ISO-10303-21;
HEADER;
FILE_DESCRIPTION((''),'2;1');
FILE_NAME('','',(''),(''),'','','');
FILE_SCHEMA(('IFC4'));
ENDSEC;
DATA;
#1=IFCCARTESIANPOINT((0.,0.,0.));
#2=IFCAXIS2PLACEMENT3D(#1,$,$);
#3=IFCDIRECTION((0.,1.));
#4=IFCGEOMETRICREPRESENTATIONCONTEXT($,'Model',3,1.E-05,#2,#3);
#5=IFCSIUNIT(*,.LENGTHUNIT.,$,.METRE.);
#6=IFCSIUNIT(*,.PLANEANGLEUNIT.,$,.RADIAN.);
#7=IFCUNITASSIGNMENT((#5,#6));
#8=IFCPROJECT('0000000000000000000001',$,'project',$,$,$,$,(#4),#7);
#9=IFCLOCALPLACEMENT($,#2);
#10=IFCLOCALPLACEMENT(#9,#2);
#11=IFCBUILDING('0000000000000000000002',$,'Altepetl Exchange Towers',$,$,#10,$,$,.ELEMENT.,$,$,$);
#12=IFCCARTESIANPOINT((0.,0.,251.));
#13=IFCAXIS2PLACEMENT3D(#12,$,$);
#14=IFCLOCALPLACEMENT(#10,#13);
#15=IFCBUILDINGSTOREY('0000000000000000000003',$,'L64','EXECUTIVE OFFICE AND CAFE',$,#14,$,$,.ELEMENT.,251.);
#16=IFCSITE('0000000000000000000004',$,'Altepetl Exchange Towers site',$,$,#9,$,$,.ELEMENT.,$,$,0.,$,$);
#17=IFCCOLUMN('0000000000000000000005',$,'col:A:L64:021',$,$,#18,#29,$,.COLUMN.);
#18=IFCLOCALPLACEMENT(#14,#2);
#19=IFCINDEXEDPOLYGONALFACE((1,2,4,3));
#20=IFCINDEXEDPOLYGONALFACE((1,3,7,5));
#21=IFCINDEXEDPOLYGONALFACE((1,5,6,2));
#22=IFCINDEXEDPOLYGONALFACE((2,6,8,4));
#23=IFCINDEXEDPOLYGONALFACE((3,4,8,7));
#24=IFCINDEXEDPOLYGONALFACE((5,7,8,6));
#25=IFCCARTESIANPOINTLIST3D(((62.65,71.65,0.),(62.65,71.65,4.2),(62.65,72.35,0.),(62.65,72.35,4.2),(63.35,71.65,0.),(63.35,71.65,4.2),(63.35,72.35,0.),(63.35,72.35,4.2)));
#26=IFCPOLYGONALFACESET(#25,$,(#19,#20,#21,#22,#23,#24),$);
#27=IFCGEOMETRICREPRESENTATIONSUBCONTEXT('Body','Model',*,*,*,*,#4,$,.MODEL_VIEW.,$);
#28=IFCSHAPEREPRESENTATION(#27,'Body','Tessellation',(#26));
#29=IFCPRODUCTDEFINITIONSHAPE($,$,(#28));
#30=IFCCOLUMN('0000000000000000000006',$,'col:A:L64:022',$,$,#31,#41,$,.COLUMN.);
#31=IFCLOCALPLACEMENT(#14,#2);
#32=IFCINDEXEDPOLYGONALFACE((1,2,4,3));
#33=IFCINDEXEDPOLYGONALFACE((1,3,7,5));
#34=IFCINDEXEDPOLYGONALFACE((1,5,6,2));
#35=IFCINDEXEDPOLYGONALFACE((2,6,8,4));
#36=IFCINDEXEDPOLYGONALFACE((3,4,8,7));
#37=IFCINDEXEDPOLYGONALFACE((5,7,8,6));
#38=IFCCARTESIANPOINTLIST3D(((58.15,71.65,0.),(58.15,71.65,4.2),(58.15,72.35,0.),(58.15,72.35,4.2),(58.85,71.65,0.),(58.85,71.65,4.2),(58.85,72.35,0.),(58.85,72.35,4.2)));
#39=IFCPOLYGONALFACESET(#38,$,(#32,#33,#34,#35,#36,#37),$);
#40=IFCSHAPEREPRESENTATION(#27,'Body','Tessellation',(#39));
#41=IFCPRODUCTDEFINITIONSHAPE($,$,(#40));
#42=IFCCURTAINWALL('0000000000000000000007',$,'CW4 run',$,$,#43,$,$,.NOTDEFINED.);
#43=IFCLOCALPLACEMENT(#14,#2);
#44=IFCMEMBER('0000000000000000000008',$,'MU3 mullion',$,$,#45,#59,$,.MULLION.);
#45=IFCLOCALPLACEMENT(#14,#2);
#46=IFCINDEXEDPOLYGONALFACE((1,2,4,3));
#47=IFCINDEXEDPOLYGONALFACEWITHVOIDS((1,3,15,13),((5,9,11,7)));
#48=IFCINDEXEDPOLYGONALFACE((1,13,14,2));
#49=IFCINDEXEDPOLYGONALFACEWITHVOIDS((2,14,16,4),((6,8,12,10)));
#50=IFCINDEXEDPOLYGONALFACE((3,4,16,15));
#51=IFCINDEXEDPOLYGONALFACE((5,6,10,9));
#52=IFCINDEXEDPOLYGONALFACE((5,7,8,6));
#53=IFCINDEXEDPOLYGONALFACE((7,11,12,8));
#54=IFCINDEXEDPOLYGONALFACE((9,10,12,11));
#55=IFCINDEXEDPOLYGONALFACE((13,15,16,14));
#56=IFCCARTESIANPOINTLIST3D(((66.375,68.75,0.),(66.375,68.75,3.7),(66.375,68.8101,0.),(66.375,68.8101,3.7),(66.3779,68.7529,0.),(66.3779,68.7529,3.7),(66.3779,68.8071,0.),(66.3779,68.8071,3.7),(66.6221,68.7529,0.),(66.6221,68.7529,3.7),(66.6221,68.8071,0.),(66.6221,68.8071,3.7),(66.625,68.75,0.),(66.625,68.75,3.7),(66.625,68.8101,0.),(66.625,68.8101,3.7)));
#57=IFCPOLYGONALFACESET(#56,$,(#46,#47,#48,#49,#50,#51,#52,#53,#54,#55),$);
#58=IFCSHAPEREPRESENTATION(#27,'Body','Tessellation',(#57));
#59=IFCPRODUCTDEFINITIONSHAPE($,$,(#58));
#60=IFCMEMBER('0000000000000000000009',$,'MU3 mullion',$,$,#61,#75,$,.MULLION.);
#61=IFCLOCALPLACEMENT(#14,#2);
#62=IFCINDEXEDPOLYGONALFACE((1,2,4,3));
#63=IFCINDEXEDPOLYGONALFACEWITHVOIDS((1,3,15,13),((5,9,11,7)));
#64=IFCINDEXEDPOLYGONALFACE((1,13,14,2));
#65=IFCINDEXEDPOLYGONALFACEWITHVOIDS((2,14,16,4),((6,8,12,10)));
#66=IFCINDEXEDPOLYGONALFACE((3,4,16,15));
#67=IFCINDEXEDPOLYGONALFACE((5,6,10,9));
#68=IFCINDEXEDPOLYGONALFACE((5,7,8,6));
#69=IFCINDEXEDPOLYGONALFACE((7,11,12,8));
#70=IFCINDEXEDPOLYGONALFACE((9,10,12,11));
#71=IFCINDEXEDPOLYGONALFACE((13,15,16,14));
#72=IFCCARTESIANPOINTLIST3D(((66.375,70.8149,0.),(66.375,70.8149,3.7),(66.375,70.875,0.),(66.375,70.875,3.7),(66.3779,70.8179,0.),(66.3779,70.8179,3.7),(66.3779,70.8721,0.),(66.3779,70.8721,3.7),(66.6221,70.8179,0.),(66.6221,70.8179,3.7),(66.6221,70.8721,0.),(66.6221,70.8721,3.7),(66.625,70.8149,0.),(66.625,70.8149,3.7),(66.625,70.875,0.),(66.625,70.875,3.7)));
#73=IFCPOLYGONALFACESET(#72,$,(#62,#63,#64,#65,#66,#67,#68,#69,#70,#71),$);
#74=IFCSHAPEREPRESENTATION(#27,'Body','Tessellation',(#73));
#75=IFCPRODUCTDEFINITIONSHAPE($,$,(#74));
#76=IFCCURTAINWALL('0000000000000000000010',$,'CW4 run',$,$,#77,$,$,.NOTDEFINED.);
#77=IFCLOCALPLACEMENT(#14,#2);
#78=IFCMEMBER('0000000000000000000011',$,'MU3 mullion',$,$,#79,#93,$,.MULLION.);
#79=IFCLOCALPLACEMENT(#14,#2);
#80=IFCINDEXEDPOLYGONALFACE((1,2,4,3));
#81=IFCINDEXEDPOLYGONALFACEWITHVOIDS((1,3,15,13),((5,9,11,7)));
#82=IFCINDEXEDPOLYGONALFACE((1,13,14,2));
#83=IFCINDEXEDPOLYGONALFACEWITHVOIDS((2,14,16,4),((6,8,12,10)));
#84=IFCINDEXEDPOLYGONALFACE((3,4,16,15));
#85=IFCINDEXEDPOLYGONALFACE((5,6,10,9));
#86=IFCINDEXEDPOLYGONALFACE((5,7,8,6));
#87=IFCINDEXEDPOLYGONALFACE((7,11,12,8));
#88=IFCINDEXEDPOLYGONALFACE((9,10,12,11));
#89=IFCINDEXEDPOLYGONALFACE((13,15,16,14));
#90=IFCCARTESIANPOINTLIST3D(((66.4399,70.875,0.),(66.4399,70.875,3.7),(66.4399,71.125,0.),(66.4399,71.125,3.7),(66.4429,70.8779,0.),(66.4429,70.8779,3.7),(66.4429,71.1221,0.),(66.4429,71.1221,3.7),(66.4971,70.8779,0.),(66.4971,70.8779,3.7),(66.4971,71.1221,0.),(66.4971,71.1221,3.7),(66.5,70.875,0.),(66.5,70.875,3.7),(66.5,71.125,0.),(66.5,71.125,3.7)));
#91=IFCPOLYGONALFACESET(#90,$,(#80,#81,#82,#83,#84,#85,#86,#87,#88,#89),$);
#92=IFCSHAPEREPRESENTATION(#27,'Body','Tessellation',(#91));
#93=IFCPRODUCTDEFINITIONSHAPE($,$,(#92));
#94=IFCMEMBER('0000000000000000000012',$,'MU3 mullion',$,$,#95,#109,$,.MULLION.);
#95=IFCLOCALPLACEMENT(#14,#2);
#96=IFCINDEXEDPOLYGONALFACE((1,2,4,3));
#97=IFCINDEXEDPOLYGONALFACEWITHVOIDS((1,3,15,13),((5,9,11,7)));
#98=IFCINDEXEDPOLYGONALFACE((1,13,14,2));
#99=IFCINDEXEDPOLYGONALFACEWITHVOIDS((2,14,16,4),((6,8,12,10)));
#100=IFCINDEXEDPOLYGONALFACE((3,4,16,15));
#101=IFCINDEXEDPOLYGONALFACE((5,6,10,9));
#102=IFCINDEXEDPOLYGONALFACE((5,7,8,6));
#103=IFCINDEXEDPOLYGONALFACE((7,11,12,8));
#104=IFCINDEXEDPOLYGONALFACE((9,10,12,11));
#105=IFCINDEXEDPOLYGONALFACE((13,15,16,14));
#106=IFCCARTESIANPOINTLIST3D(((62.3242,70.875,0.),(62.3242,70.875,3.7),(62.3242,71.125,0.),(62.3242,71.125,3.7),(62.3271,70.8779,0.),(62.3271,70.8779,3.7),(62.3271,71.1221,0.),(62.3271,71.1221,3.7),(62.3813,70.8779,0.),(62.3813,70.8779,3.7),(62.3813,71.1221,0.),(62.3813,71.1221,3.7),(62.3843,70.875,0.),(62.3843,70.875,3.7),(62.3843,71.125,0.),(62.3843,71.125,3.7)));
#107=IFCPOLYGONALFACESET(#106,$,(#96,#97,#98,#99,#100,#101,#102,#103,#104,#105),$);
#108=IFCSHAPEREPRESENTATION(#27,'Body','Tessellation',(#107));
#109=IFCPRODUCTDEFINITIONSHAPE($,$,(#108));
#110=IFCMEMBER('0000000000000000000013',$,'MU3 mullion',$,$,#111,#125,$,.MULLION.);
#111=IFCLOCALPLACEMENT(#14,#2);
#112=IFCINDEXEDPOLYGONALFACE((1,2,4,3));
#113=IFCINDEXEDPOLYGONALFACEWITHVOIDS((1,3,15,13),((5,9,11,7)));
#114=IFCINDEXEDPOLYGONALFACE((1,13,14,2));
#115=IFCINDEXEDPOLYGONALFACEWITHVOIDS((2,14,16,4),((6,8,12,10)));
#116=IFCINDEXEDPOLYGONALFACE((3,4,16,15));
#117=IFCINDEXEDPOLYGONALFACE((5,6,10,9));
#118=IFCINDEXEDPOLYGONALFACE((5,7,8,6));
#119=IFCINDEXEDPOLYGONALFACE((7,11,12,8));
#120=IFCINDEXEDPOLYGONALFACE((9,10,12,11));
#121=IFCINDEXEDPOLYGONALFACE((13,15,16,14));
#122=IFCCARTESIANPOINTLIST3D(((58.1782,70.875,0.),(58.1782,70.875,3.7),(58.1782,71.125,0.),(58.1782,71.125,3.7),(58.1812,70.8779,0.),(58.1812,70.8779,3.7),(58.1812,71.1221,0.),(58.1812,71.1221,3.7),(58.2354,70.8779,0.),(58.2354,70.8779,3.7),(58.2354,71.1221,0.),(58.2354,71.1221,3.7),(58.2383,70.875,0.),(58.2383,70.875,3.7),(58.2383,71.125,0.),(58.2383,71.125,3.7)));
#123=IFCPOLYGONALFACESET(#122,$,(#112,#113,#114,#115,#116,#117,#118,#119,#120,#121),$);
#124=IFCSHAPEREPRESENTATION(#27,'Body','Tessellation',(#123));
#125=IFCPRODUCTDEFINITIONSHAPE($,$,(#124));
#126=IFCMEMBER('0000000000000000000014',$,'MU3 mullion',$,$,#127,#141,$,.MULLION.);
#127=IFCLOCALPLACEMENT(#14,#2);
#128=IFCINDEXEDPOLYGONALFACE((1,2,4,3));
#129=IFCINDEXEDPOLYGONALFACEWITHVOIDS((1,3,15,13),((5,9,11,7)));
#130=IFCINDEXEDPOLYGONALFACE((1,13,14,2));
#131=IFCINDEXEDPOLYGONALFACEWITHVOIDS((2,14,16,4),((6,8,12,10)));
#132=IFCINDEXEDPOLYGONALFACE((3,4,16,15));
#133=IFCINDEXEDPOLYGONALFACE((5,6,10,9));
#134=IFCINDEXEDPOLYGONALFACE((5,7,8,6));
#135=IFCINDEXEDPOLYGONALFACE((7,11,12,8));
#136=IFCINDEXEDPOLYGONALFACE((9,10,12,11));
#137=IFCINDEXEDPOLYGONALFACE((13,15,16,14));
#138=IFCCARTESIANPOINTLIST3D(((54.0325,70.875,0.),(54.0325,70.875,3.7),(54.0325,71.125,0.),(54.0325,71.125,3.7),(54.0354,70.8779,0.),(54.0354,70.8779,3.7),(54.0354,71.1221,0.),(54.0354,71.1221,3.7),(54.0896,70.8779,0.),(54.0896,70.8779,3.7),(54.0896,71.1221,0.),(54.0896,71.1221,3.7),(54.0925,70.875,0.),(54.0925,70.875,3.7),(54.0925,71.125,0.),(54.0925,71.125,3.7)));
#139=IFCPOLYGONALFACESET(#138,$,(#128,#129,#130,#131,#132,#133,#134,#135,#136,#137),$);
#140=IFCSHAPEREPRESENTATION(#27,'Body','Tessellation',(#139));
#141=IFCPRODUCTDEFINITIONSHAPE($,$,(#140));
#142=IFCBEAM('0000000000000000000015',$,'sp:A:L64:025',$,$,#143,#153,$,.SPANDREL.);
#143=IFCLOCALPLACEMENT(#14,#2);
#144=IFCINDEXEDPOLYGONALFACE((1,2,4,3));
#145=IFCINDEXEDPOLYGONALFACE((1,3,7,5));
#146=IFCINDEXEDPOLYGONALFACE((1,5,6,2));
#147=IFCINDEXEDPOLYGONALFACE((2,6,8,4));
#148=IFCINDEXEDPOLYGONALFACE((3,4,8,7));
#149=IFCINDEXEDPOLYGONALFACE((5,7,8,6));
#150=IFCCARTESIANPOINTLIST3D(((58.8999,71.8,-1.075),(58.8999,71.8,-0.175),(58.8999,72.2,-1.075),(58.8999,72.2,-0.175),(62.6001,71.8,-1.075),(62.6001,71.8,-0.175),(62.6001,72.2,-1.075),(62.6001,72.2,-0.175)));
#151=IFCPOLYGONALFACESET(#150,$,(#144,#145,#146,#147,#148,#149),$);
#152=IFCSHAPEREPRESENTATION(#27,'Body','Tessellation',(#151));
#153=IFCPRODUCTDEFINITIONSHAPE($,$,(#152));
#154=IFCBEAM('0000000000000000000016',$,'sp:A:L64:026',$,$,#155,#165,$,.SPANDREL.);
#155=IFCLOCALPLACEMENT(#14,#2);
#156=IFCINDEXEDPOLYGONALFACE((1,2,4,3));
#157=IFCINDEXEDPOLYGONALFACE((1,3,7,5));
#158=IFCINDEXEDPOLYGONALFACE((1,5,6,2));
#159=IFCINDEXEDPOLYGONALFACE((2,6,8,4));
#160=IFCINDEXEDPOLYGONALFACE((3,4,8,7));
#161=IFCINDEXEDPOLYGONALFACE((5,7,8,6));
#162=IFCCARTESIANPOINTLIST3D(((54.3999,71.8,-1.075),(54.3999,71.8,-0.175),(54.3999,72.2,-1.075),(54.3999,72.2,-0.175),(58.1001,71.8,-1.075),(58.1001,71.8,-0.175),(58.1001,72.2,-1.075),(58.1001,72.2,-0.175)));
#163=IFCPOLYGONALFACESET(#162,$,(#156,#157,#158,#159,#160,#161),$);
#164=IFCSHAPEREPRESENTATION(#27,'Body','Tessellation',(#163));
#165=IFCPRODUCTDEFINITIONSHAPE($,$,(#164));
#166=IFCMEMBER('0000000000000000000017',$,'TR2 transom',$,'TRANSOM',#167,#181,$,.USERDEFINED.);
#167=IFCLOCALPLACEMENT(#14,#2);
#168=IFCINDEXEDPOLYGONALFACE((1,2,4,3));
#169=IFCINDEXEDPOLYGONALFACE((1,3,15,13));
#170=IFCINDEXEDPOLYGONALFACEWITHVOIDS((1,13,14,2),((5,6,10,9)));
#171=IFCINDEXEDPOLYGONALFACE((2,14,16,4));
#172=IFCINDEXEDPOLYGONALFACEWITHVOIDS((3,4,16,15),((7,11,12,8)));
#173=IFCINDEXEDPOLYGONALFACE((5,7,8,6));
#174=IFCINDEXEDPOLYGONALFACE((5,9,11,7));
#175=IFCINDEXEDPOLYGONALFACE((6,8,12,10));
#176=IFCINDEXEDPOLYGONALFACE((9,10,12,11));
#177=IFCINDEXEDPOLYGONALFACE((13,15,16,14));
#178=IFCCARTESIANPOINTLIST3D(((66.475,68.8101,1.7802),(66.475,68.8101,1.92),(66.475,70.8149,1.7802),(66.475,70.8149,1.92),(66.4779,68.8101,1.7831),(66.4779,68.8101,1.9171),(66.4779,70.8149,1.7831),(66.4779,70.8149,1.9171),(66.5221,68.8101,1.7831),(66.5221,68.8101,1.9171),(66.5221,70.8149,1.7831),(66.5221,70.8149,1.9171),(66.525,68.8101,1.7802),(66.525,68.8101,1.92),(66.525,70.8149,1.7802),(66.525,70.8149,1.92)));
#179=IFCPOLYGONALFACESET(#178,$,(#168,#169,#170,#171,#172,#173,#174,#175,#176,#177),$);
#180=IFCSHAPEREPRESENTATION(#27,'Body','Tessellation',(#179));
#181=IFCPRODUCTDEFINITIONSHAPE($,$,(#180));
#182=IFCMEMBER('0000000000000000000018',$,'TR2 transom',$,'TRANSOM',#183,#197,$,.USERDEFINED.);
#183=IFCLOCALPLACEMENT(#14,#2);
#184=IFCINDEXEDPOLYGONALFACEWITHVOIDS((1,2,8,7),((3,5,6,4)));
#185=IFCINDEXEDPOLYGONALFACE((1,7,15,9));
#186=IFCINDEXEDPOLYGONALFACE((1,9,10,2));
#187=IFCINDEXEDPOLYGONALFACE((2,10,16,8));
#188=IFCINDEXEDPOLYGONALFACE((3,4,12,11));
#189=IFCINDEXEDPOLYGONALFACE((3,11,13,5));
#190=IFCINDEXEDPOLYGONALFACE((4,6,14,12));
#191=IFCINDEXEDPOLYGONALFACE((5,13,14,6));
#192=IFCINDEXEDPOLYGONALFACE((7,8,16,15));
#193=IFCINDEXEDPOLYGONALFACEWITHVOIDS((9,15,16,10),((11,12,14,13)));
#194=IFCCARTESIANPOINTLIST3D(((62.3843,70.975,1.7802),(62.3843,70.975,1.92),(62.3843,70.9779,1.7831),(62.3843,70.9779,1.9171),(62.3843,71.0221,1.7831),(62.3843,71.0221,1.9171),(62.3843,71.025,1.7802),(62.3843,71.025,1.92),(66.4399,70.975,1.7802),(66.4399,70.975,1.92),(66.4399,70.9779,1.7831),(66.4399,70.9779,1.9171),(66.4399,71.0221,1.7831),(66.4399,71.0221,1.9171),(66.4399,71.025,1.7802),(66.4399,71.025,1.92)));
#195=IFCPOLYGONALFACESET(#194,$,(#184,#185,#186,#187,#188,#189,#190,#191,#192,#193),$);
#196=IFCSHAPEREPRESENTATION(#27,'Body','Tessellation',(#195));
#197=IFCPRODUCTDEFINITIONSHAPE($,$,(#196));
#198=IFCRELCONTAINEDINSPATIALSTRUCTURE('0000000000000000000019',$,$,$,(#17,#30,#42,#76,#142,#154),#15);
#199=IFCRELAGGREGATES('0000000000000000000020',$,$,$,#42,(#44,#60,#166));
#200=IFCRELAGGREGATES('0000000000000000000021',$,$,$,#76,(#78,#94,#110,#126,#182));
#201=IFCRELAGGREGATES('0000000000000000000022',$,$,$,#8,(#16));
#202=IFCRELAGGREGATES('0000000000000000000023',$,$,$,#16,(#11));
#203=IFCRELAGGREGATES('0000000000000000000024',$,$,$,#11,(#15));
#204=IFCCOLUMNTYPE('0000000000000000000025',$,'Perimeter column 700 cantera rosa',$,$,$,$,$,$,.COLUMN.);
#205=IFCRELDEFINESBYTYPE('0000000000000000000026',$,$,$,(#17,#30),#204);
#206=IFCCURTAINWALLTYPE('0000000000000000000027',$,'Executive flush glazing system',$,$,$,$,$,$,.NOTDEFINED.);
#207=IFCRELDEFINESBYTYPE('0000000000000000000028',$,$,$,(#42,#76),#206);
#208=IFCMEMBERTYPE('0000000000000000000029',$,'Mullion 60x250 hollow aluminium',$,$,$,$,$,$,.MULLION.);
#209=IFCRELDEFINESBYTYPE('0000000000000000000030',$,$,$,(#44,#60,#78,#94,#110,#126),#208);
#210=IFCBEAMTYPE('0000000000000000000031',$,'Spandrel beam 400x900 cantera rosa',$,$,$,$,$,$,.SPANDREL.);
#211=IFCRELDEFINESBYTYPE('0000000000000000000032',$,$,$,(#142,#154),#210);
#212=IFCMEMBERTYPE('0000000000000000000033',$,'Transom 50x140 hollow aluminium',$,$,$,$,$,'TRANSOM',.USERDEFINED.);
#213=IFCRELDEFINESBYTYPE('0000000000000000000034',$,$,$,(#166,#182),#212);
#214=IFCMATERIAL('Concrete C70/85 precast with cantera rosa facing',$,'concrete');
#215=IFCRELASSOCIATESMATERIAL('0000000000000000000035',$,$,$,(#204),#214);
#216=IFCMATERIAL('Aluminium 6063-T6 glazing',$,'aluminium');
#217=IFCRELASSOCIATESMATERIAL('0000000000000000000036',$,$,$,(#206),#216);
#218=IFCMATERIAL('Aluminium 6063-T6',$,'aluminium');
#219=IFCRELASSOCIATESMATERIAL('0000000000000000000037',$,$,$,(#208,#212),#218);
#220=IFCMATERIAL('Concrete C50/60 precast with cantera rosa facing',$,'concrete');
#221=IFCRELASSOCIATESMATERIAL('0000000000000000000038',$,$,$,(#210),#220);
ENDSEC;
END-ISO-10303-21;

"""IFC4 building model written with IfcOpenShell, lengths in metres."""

from ifc_helpers import new_model, si_unit, direction, frame, origin, origin_2d, place, context, subcontext, project, spatial, rectangle, hollow_rectangle, extrude, material, material_profile, profile_set, type_object, element, aggregate, save


model = new_model("IFC4")

# Units and contexts
model_context = context("Model", 3, precision=1e-05, world=origin(), true_north=direction((0.0, 1.0)))
body_context = subcontext(model_context, "Body", "Model", "MODEL_VIEW")
ifc_project = project(units=[si_unit("LENGTHUNIT", "METRE"), si_unit("PLANEANGLEUNIT", "RADIAN")], contexts=[model_context])

# Site, building, storey
site_placement = place(None, origin())
site = spatial("IfcSite", under=ifc_project, at=site_placement, Name="Altepetl Exchange Towers site", CompositionType="ELEMENT", RefElevation=0.0)
building_placement = place(site_placement, origin())
building = spatial("IfcBuilding", under=site, at=building_placement, Name="Altepetl Exchange Towers", CompositionType="ELEMENT")
storey_placement = place(building_placement, frame((0.0, 0.0, 251.0)))
storey = spatial("IfcBuildingStorey", under=building, at=storey_placement, Name="L64", Description="EXECUTIVE OFFICE AND CAFE", CompositionType="ELEMENT", Elevation=251.0)

# Columns
ifc_material_1 = material(Name="Concrete C70/85 precast with cantera rosa facing", Category="concrete")
ifc_material_profile_1 = material_profile(ifc_material_1, rectangle(XDim=0.7, YDim=0.7, at=origin_2d()), Name="700 x 700")
ifc_profile_set_1 = profile_set([ifc_material_profile_1], Name="Concrete C70/85 precast with cantera rosa facing")
column_type = type_object("IfcColumnType", Name="Perimeter column 700 cantera rosa", PredefinedType="COLUMN", material=ifc_profile_set_1)
for number, where, name in (
    (1, (63.0, 72.0, 0.0), "col:A:L64:021"),
    (2, (58.5, 72.0, 0.0), "col:A:L64:022"),
):
    element("IfcColumn", number, at=place(storey_placement, frame(where)), inside=storey, type_object=column_type, Name=name, PredefinedType="COLUMN", context=body_context, shape_type="SweptSolid", body=[
        extrude(rectangle(XDim=0.7, YDim=0.7, at=origin_2d()), origin(), (0.0, 0.0, 1.0), 4.2),
    ])

# Curtain walls, members
ifc_material_2 = material(Name="Aluminium 6063-T6 glazing", Category="aluminium")
curtain_wall_type = type_object("IfcCurtainWallType", Name="Executive flush glazing system", PredefinedType="NOTDEFINED", material=ifc_material_2)
curtain_wall_1_placement = place(storey_placement, origin())
curtain_wall_1 = element("IfcCurtainWall", 3, at=curtain_wall_1_placement, inside=storey, type_object=curtain_wall_type, Name="CW4 run", PredefinedType="NOTDEFINED")
ifc_material_3 = material(Name="Aluminium 6063-T6", Category="aluminium")
ifc_material_profile_2 = material_profile(ifc_material_3, hollow_rectangle(XDim=0.0601, YDim=0.25, WallThickness=0.0029, at=origin_2d()), Name="Mullion 60x250 hollow aluminium")
ifc_profile_set_2 = profile_set([ifc_material_profile_2], Name="Aluminium 6063-T6")
member_type_1 = type_object("IfcMemberType", Name="Mullion 60x250 hollow aluminium", PredefinedType="MULLION", material=ifc_profile_set_2)
member_1_placement = place(storey_placement, frame((66.5, 68.78, 0.0), z_axis=(0.0, 0.0, 1.0), x_axis=(0.0, 1.0, 0.0)))
member_1 = element("IfcMember", 4, at=member_1_placement, type_object=member_type_1, Name="MU3 mullion", PredefinedType="MULLION", context=body_context, shape_type="SweptSolid", body=[
    extrude(hollow_rectangle(XDim=0.0601, YDim=0.25, WallThickness=0.0029, at=origin_2d()), origin(), (0.0, 0.0, 1.0), 3.7),
])
member_2_placement = place(storey_placement, frame((66.5, 70.845, 0.0), z_axis=(0.0, 0.0, 1.0), x_axis=(0.0, 1.0, 0.0)))
member_2 = element("IfcMember", 5, at=member_2_placement, type_object=member_type_1, Name="MU3 mullion", PredefinedType="MULLION", context=body_context, shape_type="SweptSolid", body=[
    extrude(hollow_rectangle(XDim=0.0601, YDim=0.25, WallThickness=0.0029, at=origin_2d()), origin(), (0.0, 0.0, 1.0), 3.7),
])
curtain_wall_2_placement = place(storey_placement, origin())
curtain_wall_2 = element("IfcCurtainWall", 6, at=curtain_wall_2_placement, inside=storey, type_object=curtain_wall_type, Name="CW4 run", PredefinedType="NOTDEFINED")
member_3_placement = place(storey_placement, frame((66.47, 71.0, 0.0), z_axis=(0.0, 0.0, 1.0), x_axis=(-1.0, 0.0, 0.0)))
member_3 = element("IfcMember", 7, at=member_3_placement, type_object=member_type_1, Name="MU3 mullion", PredefinedType="MULLION", context=body_context, shape_type="SweptSolid", body=[
    extrude(hollow_rectangle(XDim=0.0601, YDim=0.25, WallThickness=0.0029, at=origin_2d()), origin(), (0.0, 0.0, 1.0), 3.7),
])
member_4_placement = place(storey_placement, frame((62.3542, 71.0, 0.0), z_axis=(0.0, 0.0, 1.0), x_axis=(-1.0, 0.0, 0.0)))
member_4 = element("IfcMember", 8, at=member_4_placement, type_object=member_type_1, Name="MU3 mullion", PredefinedType="MULLION", context=body_context, shape_type="SweptSolid", body=[
    extrude(hollow_rectangle(XDim=0.0601, YDim=0.25, WallThickness=0.0029, at=origin_2d()), origin(), (0.0, 0.0, 1.0), 3.7),
])
member_5_placement = place(storey_placement, frame((58.2083, 71.0, 0.0), z_axis=(0.0, 0.0, 1.0), x_axis=(-1.0, 0.0, 0.0)))
member_5 = element("IfcMember", 9, at=member_5_placement, type_object=member_type_1, Name="MU3 mullion", PredefinedType="MULLION", context=body_context, shape_type="SweptSolid", body=[
    extrude(hollow_rectangle(XDim=0.0601, YDim=0.25, WallThickness=0.0029, at=origin_2d()), origin(), (0.0, 0.0, 1.0), 3.7),
])
member_6_placement = place(storey_placement, frame((54.0625, 71.0, 0.0), z_axis=(0.0, 0.0, 1.0), x_axis=(-1.0, 0.0, 0.0)))
member_6 = element("IfcMember", 10, at=member_6_placement, type_object=member_type_1, Name="MU3 mullion", PredefinedType="MULLION", context=body_context, shape_type="SweptSolid", body=[
    extrude(hollow_rectangle(XDim=0.0601, YDim=0.25, WallThickness=0.0029, at=origin_2d()), origin(), (0.0, 0.0, 1.0), 3.7),
])

# Beams
ifc_material_4 = material(Name="Concrete C50/60 precast with cantera rosa facing", Category="concrete")
ifc_material_profile_3 = material_profile(ifc_material_4, rectangle(XDim=0.3999, YDim=0.8999, at=origin_2d()), Name="400 x 900")
ifc_profile_set_3 = profile_set([ifc_material_profile_3], Name="Concrete C50/60 precast with cantera rosa facing")
beam_type = type_object("IfcBeamType", Name="Spandrel beam 400x900 cantera rosa", PredefinedType="SPANDREL", material=ifc_profile_set_3)
for number, where, z_axis, x_axis, name in (
    (11, (62.6001, 72.0, -0.625), (-1.0, 0.0, 0.0), (0.0, -1.0, 0.0), "sp:A:L64:025"),
    (12, (58.1001, 72.0, -0.625), (-1.0, 0.0, 0.0), (0.0, -1.0, 0.0), "sp:A:L64:026"),
):
    element("IfcBeam", number, at=place(storey_placement, frame(where, z_axis=z_axis, x_axis=x_axis)), inside=storey, type_object=beam_type, Name=name, PredefinedType="SPANDREL", context=body_context, shape_type="SweptSolid", body=[
        extrude(rectangle(XDim=0.3999, YDim=0.8999, at=origin_2d()), origin(), (0.0, 0.0, 1.0), 3.7002),
    ])

# Members
ifc_material_profile_4 = material_profile(ifc_material_3, hollow_rectangle(XDim=0.05, YDim=0.1399, WallThickness=0.0029, at=origin_2d()), Name="Transom 50x140 hollow aluminium")
ifc_profile_set_4 = profile_set([ifc_material_profile_4], Name="Aluminium 6063-T6")
member_type_2 = type_object("IfcMemberType", Name="Transom 50x140 hollow aluminium", ElementType="TRANSOM", PredefinedType="USERDEFINED", material=ifc_profile_set_4)
member_7_placement = place(storey_placement, frame((66.5, 68.8101, 1.8501), z_axis=(0.0, 1.0, 0.0), x_axis=(-1.0, 0.0, 0.0)))
member_7 = element("IfcMember", 13, at=member_7_placement, type_object=member_type_2, Name="TR2 transom", ObjectType="TRANSOM", PredefinedType="USERDEFINED", context=body_context, shape_type="SweptSolid", body=[
    extrude(hollow_rectangle(XDim=0.05, YDim=0.1399, WallThickness=0.0029, at=origin_2d()), origin(), (0.0, 0.0, 1.0), 2.0049),
])
member_8_placement = place(storey_placement, frame((66.4399, 71.0, 1.8501), z_axis=(-1.0, 0.0, 0.0), x_axis=(0.0, -1.0, 0.0)))
member_8 = element("IfcMember", 14, at=member_8_placement, type_object=member_type_2, Name="TR2 transom", ObjectType="TRANSOM", PredefinedType="USERDEFINED", context=body_context, shape_type="SweptSolid", body=[
    extrude(hollow_rectangle(XDim=0.05, YDim=0.1399, WallThickness=0.0029, at=origin_2d()), origin(), (0.0, 0.0, 1.0), 4.0557),
])

aggregate(curtain_wall_1, [member_1, member_2, member_7])
aggregate(curtain_wall_2, [member_3, member_4, member_5, member_6, member_8])

save(model, "model.ifc")
